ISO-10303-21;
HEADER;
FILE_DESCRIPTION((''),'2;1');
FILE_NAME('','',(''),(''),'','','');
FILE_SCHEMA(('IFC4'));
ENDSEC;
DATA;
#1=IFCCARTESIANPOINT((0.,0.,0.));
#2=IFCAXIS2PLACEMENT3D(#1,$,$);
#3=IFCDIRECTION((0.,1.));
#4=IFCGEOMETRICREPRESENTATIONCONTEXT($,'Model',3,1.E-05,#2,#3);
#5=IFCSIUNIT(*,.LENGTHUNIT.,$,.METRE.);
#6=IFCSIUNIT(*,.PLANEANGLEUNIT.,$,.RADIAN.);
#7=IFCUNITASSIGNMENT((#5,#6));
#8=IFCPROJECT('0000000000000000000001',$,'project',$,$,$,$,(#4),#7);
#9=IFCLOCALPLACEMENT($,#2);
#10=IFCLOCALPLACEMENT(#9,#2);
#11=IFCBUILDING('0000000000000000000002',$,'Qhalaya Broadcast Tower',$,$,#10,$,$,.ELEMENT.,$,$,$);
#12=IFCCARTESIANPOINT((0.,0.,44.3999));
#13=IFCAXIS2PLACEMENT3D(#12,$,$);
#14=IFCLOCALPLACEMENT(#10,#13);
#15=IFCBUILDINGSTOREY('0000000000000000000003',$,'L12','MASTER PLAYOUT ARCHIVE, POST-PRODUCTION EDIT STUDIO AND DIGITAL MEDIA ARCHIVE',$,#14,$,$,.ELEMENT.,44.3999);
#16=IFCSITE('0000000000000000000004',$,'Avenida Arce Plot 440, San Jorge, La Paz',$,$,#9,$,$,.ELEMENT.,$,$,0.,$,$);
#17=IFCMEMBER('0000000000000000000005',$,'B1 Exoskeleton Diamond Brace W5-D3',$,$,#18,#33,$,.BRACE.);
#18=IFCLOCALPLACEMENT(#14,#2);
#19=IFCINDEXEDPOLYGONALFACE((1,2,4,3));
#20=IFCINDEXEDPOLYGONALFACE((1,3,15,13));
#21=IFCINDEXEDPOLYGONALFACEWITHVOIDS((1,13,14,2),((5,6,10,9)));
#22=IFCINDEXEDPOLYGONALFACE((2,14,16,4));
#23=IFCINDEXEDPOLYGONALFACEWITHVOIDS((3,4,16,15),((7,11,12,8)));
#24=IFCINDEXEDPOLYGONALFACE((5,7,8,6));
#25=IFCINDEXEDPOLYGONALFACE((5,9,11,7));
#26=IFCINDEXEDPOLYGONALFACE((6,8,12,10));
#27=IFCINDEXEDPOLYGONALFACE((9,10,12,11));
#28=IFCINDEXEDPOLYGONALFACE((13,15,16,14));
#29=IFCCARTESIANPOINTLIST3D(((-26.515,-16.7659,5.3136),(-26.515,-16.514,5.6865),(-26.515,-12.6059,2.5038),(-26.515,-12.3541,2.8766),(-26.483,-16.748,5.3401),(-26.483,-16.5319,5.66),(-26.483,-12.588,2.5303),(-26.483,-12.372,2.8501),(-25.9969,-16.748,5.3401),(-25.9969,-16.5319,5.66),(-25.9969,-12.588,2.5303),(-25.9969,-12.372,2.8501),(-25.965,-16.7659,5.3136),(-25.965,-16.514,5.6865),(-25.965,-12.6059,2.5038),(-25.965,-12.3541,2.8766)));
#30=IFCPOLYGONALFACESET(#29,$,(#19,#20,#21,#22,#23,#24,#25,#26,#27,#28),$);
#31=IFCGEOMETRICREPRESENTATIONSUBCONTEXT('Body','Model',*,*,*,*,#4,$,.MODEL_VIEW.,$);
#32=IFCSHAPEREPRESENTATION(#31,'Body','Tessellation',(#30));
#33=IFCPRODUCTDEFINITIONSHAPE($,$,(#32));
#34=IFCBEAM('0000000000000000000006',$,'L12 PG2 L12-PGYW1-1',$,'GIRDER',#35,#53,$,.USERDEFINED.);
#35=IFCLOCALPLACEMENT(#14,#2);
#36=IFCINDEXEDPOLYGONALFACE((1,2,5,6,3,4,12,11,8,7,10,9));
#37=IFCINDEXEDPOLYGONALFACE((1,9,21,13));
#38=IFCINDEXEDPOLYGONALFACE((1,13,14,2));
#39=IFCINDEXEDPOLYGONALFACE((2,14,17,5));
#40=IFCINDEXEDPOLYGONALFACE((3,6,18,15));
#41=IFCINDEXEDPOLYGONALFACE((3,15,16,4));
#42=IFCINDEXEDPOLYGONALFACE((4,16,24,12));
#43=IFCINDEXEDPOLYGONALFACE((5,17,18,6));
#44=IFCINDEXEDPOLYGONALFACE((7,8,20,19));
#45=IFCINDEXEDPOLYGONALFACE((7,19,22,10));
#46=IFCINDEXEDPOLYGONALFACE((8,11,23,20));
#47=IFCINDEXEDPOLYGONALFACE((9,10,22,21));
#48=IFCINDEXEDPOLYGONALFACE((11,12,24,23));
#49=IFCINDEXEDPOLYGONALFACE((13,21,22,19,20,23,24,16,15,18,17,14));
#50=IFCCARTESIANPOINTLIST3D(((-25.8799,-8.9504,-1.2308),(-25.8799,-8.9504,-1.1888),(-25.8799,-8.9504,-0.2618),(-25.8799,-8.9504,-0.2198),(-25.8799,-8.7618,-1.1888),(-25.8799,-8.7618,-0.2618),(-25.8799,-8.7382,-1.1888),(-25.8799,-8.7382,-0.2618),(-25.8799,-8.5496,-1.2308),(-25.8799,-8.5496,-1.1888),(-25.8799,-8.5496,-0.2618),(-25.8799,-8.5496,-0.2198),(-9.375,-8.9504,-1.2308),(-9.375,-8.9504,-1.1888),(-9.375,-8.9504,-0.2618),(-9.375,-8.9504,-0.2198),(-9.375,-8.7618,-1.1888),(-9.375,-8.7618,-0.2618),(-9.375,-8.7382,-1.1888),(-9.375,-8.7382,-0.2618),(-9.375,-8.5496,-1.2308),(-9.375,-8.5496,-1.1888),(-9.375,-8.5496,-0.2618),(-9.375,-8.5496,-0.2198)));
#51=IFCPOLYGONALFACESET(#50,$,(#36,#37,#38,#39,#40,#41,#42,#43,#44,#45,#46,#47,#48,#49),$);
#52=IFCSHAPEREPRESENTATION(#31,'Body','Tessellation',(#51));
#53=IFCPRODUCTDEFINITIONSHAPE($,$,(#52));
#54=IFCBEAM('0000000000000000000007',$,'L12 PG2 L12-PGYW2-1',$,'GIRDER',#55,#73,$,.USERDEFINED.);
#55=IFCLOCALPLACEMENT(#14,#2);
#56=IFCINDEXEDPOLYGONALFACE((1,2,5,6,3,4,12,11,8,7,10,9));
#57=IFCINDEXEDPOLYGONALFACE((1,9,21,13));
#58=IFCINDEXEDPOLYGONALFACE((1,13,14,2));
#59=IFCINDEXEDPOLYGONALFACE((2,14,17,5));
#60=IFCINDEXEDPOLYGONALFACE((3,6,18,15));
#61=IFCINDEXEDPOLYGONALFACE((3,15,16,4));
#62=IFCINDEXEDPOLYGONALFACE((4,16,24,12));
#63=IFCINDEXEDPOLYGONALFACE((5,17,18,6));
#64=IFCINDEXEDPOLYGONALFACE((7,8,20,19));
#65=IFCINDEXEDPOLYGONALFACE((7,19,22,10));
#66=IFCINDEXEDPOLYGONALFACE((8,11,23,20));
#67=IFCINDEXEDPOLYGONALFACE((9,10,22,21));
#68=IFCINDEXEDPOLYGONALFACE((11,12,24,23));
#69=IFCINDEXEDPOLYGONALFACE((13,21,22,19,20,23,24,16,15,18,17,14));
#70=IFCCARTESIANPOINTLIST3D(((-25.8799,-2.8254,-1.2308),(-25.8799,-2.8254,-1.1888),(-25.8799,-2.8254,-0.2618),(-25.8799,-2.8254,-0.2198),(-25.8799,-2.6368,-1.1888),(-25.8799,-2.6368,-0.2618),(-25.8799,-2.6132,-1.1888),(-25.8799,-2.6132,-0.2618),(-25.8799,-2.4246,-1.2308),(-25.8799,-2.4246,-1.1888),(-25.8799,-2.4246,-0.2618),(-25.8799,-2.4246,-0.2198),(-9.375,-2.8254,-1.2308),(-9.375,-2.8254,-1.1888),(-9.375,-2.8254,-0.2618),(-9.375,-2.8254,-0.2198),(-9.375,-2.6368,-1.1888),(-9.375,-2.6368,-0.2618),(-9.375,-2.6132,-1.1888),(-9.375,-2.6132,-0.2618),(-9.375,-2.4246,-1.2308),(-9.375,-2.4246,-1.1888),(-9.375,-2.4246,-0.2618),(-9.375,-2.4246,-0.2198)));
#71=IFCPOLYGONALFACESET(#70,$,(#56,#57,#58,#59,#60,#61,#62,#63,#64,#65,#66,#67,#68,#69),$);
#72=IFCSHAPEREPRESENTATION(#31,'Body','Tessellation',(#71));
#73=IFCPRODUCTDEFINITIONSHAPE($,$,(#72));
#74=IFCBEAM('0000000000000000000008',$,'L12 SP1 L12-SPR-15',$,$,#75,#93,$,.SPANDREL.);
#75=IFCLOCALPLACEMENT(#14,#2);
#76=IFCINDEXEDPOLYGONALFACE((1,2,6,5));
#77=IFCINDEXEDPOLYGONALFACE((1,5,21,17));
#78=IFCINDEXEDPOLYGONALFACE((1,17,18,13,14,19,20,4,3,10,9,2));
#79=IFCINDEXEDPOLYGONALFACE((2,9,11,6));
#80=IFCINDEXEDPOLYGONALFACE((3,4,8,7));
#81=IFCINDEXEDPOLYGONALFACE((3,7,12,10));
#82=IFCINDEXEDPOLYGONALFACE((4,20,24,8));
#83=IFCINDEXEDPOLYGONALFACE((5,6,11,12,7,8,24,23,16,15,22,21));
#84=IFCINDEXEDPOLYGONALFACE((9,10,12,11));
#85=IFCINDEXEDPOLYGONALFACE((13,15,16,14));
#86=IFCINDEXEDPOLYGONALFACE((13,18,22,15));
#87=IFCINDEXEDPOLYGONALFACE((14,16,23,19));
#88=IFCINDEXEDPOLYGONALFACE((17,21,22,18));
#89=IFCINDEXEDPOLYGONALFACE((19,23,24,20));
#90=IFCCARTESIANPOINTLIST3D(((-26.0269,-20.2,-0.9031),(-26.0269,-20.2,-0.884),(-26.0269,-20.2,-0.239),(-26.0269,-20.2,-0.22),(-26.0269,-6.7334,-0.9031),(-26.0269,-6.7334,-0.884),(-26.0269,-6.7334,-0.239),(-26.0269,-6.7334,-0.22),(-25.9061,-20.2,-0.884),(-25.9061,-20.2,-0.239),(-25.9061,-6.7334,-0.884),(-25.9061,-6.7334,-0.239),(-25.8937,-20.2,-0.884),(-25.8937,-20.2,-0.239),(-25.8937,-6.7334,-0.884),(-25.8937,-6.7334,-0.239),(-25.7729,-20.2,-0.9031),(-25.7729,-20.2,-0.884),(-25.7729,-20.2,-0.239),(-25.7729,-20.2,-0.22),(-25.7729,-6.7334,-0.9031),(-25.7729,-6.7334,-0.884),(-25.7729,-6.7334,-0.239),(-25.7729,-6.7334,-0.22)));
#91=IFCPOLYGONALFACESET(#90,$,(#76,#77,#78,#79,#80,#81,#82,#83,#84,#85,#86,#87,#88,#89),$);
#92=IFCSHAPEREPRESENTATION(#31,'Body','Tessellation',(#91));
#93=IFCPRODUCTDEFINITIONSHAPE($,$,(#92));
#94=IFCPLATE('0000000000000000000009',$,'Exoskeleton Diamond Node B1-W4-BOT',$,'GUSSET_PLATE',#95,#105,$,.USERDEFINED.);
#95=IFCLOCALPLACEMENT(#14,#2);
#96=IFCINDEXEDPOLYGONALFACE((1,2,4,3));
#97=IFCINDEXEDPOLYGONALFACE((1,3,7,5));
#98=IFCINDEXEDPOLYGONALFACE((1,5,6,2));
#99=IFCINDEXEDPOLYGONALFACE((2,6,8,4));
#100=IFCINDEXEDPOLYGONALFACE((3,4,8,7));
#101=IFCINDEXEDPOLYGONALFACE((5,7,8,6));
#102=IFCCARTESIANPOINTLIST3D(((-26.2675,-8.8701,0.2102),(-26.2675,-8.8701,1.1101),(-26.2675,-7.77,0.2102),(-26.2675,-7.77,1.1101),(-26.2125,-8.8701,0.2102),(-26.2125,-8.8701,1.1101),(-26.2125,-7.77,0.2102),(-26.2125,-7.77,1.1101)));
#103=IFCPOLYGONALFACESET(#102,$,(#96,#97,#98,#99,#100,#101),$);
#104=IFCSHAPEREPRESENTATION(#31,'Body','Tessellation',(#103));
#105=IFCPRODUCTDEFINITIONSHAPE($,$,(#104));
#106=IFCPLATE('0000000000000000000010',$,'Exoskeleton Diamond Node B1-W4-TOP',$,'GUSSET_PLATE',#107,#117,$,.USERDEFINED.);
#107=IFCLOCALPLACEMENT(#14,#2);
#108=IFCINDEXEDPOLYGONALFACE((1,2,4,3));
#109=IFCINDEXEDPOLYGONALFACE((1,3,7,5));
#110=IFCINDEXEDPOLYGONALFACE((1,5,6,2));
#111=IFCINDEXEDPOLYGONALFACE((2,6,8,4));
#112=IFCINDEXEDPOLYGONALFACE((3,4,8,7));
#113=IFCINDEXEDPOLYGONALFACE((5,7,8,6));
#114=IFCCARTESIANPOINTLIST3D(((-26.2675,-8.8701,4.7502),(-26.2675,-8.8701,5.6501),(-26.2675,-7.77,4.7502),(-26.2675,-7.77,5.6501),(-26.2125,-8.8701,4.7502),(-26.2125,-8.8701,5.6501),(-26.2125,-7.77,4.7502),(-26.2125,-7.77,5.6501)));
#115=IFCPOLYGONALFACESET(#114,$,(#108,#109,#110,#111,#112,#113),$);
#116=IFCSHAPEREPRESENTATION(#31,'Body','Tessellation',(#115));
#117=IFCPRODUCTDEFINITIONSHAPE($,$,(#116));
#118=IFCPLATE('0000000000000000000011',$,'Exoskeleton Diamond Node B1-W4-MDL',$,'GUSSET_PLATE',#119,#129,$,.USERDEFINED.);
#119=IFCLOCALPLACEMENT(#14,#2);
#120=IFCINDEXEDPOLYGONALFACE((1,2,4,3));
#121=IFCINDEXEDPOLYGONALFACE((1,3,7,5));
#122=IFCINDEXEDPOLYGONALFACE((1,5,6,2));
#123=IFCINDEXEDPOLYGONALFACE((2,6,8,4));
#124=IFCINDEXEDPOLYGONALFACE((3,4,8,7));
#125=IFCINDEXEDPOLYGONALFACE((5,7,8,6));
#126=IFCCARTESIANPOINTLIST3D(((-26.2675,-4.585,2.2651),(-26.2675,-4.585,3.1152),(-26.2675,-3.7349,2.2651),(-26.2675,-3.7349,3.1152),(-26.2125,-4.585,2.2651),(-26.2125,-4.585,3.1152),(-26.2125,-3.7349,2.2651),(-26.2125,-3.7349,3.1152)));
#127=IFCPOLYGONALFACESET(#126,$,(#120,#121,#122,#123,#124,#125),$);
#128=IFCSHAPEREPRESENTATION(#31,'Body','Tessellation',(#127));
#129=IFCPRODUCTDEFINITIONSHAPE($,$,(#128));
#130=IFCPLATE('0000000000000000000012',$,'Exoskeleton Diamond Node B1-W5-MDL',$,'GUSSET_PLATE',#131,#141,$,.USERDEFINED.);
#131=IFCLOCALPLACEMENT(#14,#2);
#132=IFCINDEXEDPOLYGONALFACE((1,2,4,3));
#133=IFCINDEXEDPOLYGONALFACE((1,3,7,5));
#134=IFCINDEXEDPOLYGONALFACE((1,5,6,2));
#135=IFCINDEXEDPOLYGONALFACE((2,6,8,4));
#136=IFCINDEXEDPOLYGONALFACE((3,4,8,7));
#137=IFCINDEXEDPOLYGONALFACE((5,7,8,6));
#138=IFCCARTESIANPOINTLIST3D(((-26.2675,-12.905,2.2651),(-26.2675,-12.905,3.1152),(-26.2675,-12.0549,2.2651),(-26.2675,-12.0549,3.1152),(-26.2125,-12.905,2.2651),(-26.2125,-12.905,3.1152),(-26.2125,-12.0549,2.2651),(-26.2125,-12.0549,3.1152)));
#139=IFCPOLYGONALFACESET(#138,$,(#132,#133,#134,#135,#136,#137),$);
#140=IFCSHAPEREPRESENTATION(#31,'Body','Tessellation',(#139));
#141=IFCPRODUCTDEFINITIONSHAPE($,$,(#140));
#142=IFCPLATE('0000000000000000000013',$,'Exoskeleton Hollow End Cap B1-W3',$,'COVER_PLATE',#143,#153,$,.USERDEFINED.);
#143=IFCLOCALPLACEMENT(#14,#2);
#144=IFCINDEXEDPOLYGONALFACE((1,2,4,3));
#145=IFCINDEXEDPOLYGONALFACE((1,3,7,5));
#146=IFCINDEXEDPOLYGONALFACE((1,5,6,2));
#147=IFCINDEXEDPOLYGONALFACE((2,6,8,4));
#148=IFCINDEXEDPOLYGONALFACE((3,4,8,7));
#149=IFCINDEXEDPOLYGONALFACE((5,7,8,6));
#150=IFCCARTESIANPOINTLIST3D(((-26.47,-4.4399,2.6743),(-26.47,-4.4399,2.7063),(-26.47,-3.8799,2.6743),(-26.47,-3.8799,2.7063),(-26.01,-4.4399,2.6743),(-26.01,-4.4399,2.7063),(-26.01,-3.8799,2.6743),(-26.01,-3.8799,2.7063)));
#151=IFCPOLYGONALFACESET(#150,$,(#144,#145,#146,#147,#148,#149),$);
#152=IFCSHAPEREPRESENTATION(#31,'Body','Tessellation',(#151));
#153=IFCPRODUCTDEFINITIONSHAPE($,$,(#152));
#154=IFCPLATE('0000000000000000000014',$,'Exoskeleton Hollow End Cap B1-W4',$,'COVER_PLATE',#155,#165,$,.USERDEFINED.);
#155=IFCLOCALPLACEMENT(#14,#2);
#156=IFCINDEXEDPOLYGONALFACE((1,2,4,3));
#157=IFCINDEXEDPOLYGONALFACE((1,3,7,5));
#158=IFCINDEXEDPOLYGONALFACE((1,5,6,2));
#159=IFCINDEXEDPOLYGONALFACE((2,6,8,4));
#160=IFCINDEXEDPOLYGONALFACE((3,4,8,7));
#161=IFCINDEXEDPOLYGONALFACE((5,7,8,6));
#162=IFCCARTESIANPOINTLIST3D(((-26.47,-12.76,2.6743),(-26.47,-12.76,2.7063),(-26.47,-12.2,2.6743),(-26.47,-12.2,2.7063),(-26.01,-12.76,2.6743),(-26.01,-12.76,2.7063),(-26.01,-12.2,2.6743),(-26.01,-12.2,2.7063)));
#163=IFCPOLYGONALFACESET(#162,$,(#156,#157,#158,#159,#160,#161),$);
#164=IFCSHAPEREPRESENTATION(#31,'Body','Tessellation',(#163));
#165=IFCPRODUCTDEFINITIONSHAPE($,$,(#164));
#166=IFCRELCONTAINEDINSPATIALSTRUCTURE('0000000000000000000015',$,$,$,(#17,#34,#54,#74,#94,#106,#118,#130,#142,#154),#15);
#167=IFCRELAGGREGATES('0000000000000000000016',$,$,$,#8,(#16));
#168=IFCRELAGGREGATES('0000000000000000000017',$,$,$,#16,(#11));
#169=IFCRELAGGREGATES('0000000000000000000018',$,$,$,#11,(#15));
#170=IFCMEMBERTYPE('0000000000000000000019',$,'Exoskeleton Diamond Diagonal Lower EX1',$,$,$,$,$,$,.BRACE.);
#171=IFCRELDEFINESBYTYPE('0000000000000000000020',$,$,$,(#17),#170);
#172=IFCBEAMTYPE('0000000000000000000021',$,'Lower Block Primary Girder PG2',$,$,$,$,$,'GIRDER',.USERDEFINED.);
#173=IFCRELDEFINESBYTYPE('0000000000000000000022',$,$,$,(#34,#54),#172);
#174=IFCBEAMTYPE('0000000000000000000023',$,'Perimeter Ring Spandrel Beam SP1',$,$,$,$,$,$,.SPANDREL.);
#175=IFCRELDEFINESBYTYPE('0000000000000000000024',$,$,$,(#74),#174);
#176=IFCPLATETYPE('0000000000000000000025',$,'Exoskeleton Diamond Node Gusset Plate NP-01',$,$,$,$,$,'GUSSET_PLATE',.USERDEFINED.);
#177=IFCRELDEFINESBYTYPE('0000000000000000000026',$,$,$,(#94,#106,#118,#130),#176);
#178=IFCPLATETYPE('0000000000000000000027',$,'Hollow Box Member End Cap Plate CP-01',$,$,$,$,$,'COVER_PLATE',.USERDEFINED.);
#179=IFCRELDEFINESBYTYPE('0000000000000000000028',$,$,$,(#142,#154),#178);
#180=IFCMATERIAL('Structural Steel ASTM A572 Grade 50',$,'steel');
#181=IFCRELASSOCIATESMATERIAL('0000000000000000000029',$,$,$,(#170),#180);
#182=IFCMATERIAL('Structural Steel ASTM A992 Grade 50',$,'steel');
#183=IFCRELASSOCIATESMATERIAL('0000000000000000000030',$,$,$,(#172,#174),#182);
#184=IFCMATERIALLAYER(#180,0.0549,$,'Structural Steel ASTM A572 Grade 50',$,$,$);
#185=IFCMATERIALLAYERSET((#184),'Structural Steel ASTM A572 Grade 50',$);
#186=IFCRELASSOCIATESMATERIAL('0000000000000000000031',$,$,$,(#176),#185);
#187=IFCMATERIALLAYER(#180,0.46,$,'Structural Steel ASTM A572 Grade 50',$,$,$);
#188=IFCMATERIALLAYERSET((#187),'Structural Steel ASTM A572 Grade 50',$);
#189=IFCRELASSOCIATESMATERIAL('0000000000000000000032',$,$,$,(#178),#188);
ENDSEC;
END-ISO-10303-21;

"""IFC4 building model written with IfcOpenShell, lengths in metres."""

from ifc_helpers import new_model, si_unit, direction, frame, origin, origin_2d, place, context, subcontext, project, spatial, rectangle, hollow_rectangle, i_section, extrude, material, layer, layer_set, material_profile, profile_set, type_object, element, save


model = new_model("IFC4")

# Units and contexts
model_context = context("Model", 3, precision=1e-05, world=origin(), true_north=direction((0.0, 1.0)))
body_context = subcontext(model_context, "Body", "Model", "MODEL_VIEW")
ifc_project = project(units=[si_unit("LENGTHUNIT", "METRE"), si_unit("PLANEANGLEUNIT", "RADIAN")], contexts=[model_context])

# Site, building, storey
site_placement = place(None, origin())
site = spatial("IfcSite", under=ifc_project, at=site_placement, Name="Avenida Arce Plot 440, San Jorge, La Paz", CompositionType="ELEMENT", RefElevation=0.0)
building_placement = place(site_placement, origin())
building = spatial("IfcBuilding", under=site, at=building_placement, Name="Qhalaya Broadcast Tower", CompositionType="ELEMENT")
storey_placement = place(building_placement, frame((0.0, 0.0, 44.3999)))
storey = spatial("IfcBuildingStorey", under=building, at=storey_placement, Name="L12", Description="MASTER PLAYOUT ARCHIVE, POST-PRODUCTION EDIT STUDIO AND DIGITAL MEDIA ARCHIVE", CompositionType="ELEMENT", Elevation=44.3999)

# Shared definitions
ifc_material_1 = material(Name="Structural Steel ASTM A992 Grade 50", Category="steel")
ifc_material_2 = material(Name="Structural Steel ASTM A572 Grade 50", Category="steel")

# Member
ifc_material_profile_1 = material_profile(ifc_material_2, hollow_rectangle(XDim=0.45, YDim=0.55, WallThickness=0.032, at=origin_2d()), Name="BOX 450x550x32")
ifc_profile_set_1 = profile_set([ifc_material_profile_1], Name="Structural Steel ASTM A572 Grade 50")
member_type = type_object("IfcMemberType", Name="Exoskeleton Diamond Diagonal Lower EX1", PredefinedType="BRACE", material=ifc_profile_set_1)
for number, where, z_axis, x_axis, name in (
    (1, (-26.24, -12.48, 2.6902), (0.0, -0.828676, 0.559729), (0.0, 0.559729, 0.828676), "B1 Exoskeleton Diamond Brace W5-D3"),
):
    element("IfcMember", number, at=place(storey_placement, frame(where, z_axis=z_axis, x_axis=x_axis)), inside=storey, type_object=member_type, Name=name, PredefinedType="BRACE", context=body_context, shape_type="SweptSolid", body=[
        extrude(hollow_rectangle(XDim=0.45, YDim=0.55, WallThickness=0.032, at=origin_2d()), origin(), (0.0, 0.0, 1.0), 5.02),
    ])

# Beams
ifc_material_profile_2 = material_profile(ifc_material_1, i_section(OverallWidth=0.4009, OverallDepth=1.011, WebThickness=0.0237, FlangeThickness=0.042, at=origin_2d()), Name="W40X297")
ifc_profile_set_2 = profile_set([ifc_material_profile_2], Name="Structural Steel ASTM A992 Grade 50")
beam_type_1 = type_object("IfcBeamType", Name="Lower Block Primary Girder PG2", ElementType="GIRDER", PredefinedType="USERDEFINED", material=ifc_profile_set_2)
for number, where, z_axis, x_axis, name in (
    (2, (-25.8799, -8.75, -0.7253), (1.0, 0.0, 0.0), (0.0, 1.0, 0.0), "L12 PG2 L12-PGYW1-1"),
    (3, (-25.8799, -2.625, -0.7253), (1.0, 0.0, 0.0), (0.0, 1.0, 0.0), "L12 PG2 L12-PGYW2-1"),
):
    element("IfcBeam", number, at=place(storey_placement, frame(where, z_axis=z_axis, x_axis=x_axis)), inside=storey, type_object=beam_type_1, Name=name, ObjectType="GIRDER", PredefinedType="USERDEFINED", context=body_context, shape_type="SweptSolid", body=[
        extrude(i_section(OverallWidth=0.4009, OverallDepth=1.011, WebThickness=0.0237, FlangeThickness=0.042, at=origin_2d()), origin(), (0.0, 0.0, 1.0), 16.5049),
    ])
ifc_material_profile_3 = material_profile(ifc_material_1, i_section(OverallWidth=0.2539, OverallDepth=0.6831, WebThickness=0.0125, FlangeThickness=0.019, at=origin_2d()), Name="W27X94")
ifc_profile_set_3 = profile_set([ifc_material_profile_3], Name="Structural Steel ASTM A992 Grade 50")
beam_type_2 = type_object("IfcBeamType", Name="Perimeter Ring Spandrel Beam SP1", PredefinedType="SPANDREL", material=ifc_profile_set_3)
beam_placement = place(storey_placement, frame((-25.8999, -6.7334, -0.5615), z_axis=(0.0, -1.0, 0.0), x_axis=(1.0, 0.0, 0.0)))
element("IfcBeam", 4, at=beam_placement, inside=storey, type_object=beam_type_2, Name="L12 SP1 L12-SPR-15", PredefinedType="SPANDREL", context=body_context, shape_type="SweptSolid", body=[
    extrude(i_section(OverallWidth=0.2539, OverallDepth=0.6831, WebThickness=0.0125, FlangeThickness=0.019, at=origin_2d()), origin(), (0.0, 0.0, 1.0), 13.4666),
])

# Plates
ifc_layer_1 = layer(ifc_material_2, 0.0549, Name="Structural Steel ASTM A572 Grade 50")
ifc_layer_set_1 = layer_set([ifc_layer_1], Name="Structural Steel ASTM A572 Grade 50")
plate_type_1 = type_object("IfcPlateType", Name="Exoskeleton Diamond Node Gusset Plate NP-01", ElementType="GUSSET_PLATE", PredefinedType="USERDEFINED", material=ifc_layer_set_1)
for number, where, z_axis, x_axis, name in (
    (5, (-26.24, -8.3201, 0.2102), (0.0, 0.0, 1.0), (0.0, 1.0, 0.0), "Exoskeleton Diamond Node B1-W4-BOT"),
    (6, (-26.24, -8.3201, 4.7502), (0.0, 0.0, 1.0), (0.0, 1.0, 0.0), "Exoskeleton Diamond Node B1-W4-TOP"),
):
    element("IfcPlate", number, at=place(storey_placement, frame(where, z_axis=z_axis, x_axis=x_axis)), inside=storey, type_object=plate_type_1, Name=name, ObjectType="GUSSET_PLATE", PredefinedType="USERDEFINED", context=body_context, shape_type="SweptSolid", body=[
        extrude(rectangle(XDim=1.1001, YDim=0.0549, at=origin_2d()), origin(), (0.0, 0.0, 1.0), 0.8999),
    ])
for number, where, z_axis, x_axis, name in (
    (7, (-26.24, -4.1599, 2.2651), (0.0, 0.0, 1.0), (0.0, 1.0, 0.0), "Exoskeleton Diamond Node B1-W4-MDL"),
    (8, (-26.24, -12.48, 2.2651), (0.0, 0.0, 1.0), (0.0, 1.0, 0.0), "Exoskeleton Diamond Node B1-W5-MDL"),
):
    element("IfcPlate", number, at=place(storey_placement, frame(where, z_axis=z_axis, x_axis=x_axis)), inside=storey, type_object=plate_type_1, Name=name, ObjectType="GUSSET_PLATE", PredefinedType="USERDEFINED", context=body_context, shape_type="SweptSolid", body=[
        extrude(rectangle(XDim=0.8501, YDim=0.0549, at=origin_2d()), origin(), (0.0, 0.0, 1.0), 0.8501),
    ])
ifc_layer_2 = layer(ifc_material_2, 0.46, Name="Structural Steel ASTM A572 Grade 50")
ifc_layer_set_2 = layer_set([ifc_layer_2], Name="Structural Steel ASTM A572 Grade 50")
plate_type_2 = type_object("IfcPlateType", Name="Hollow Box Member End Cap Plate CP-01", ElementType="COVER_PLATE", PredefinedType="USERDEFINED", material=ifc_layer_set_2)
for number, where, z_axis, x_axis, name in (
    (9, (-26.24, -4.1599, 2.6743), (0.0, 0.0, 1.0), (0.0, 1.0, 0.0), "Exoskeleton Hollow End Cap B1-W3"),
    (10, (-26.24, -12.48, 2.6743), (0.0, 0.0, 1.0), (0.0, 1.0, 0.0), "Exoskeleton Hollow End Cap B1-W4"),
):
    element("IfcPlate", number, at=place(storey_placement, frame(where, z_axis=z_axis, x_axis=x_axis)), inside=storey, type_object=plate_type_2, Name=name, ObjectType="COVER_PLATE", PredefinedType="USERDEFINED", context=body_context, shape_type="SweptSolid", body=[
        extrude(rectangle(XDim=0.5601, YDim=0.46, at=origin_2d()), origin(), (0.0, 0.0, 1.0), 0.032),
    ])

save(model, "model.ifc")
